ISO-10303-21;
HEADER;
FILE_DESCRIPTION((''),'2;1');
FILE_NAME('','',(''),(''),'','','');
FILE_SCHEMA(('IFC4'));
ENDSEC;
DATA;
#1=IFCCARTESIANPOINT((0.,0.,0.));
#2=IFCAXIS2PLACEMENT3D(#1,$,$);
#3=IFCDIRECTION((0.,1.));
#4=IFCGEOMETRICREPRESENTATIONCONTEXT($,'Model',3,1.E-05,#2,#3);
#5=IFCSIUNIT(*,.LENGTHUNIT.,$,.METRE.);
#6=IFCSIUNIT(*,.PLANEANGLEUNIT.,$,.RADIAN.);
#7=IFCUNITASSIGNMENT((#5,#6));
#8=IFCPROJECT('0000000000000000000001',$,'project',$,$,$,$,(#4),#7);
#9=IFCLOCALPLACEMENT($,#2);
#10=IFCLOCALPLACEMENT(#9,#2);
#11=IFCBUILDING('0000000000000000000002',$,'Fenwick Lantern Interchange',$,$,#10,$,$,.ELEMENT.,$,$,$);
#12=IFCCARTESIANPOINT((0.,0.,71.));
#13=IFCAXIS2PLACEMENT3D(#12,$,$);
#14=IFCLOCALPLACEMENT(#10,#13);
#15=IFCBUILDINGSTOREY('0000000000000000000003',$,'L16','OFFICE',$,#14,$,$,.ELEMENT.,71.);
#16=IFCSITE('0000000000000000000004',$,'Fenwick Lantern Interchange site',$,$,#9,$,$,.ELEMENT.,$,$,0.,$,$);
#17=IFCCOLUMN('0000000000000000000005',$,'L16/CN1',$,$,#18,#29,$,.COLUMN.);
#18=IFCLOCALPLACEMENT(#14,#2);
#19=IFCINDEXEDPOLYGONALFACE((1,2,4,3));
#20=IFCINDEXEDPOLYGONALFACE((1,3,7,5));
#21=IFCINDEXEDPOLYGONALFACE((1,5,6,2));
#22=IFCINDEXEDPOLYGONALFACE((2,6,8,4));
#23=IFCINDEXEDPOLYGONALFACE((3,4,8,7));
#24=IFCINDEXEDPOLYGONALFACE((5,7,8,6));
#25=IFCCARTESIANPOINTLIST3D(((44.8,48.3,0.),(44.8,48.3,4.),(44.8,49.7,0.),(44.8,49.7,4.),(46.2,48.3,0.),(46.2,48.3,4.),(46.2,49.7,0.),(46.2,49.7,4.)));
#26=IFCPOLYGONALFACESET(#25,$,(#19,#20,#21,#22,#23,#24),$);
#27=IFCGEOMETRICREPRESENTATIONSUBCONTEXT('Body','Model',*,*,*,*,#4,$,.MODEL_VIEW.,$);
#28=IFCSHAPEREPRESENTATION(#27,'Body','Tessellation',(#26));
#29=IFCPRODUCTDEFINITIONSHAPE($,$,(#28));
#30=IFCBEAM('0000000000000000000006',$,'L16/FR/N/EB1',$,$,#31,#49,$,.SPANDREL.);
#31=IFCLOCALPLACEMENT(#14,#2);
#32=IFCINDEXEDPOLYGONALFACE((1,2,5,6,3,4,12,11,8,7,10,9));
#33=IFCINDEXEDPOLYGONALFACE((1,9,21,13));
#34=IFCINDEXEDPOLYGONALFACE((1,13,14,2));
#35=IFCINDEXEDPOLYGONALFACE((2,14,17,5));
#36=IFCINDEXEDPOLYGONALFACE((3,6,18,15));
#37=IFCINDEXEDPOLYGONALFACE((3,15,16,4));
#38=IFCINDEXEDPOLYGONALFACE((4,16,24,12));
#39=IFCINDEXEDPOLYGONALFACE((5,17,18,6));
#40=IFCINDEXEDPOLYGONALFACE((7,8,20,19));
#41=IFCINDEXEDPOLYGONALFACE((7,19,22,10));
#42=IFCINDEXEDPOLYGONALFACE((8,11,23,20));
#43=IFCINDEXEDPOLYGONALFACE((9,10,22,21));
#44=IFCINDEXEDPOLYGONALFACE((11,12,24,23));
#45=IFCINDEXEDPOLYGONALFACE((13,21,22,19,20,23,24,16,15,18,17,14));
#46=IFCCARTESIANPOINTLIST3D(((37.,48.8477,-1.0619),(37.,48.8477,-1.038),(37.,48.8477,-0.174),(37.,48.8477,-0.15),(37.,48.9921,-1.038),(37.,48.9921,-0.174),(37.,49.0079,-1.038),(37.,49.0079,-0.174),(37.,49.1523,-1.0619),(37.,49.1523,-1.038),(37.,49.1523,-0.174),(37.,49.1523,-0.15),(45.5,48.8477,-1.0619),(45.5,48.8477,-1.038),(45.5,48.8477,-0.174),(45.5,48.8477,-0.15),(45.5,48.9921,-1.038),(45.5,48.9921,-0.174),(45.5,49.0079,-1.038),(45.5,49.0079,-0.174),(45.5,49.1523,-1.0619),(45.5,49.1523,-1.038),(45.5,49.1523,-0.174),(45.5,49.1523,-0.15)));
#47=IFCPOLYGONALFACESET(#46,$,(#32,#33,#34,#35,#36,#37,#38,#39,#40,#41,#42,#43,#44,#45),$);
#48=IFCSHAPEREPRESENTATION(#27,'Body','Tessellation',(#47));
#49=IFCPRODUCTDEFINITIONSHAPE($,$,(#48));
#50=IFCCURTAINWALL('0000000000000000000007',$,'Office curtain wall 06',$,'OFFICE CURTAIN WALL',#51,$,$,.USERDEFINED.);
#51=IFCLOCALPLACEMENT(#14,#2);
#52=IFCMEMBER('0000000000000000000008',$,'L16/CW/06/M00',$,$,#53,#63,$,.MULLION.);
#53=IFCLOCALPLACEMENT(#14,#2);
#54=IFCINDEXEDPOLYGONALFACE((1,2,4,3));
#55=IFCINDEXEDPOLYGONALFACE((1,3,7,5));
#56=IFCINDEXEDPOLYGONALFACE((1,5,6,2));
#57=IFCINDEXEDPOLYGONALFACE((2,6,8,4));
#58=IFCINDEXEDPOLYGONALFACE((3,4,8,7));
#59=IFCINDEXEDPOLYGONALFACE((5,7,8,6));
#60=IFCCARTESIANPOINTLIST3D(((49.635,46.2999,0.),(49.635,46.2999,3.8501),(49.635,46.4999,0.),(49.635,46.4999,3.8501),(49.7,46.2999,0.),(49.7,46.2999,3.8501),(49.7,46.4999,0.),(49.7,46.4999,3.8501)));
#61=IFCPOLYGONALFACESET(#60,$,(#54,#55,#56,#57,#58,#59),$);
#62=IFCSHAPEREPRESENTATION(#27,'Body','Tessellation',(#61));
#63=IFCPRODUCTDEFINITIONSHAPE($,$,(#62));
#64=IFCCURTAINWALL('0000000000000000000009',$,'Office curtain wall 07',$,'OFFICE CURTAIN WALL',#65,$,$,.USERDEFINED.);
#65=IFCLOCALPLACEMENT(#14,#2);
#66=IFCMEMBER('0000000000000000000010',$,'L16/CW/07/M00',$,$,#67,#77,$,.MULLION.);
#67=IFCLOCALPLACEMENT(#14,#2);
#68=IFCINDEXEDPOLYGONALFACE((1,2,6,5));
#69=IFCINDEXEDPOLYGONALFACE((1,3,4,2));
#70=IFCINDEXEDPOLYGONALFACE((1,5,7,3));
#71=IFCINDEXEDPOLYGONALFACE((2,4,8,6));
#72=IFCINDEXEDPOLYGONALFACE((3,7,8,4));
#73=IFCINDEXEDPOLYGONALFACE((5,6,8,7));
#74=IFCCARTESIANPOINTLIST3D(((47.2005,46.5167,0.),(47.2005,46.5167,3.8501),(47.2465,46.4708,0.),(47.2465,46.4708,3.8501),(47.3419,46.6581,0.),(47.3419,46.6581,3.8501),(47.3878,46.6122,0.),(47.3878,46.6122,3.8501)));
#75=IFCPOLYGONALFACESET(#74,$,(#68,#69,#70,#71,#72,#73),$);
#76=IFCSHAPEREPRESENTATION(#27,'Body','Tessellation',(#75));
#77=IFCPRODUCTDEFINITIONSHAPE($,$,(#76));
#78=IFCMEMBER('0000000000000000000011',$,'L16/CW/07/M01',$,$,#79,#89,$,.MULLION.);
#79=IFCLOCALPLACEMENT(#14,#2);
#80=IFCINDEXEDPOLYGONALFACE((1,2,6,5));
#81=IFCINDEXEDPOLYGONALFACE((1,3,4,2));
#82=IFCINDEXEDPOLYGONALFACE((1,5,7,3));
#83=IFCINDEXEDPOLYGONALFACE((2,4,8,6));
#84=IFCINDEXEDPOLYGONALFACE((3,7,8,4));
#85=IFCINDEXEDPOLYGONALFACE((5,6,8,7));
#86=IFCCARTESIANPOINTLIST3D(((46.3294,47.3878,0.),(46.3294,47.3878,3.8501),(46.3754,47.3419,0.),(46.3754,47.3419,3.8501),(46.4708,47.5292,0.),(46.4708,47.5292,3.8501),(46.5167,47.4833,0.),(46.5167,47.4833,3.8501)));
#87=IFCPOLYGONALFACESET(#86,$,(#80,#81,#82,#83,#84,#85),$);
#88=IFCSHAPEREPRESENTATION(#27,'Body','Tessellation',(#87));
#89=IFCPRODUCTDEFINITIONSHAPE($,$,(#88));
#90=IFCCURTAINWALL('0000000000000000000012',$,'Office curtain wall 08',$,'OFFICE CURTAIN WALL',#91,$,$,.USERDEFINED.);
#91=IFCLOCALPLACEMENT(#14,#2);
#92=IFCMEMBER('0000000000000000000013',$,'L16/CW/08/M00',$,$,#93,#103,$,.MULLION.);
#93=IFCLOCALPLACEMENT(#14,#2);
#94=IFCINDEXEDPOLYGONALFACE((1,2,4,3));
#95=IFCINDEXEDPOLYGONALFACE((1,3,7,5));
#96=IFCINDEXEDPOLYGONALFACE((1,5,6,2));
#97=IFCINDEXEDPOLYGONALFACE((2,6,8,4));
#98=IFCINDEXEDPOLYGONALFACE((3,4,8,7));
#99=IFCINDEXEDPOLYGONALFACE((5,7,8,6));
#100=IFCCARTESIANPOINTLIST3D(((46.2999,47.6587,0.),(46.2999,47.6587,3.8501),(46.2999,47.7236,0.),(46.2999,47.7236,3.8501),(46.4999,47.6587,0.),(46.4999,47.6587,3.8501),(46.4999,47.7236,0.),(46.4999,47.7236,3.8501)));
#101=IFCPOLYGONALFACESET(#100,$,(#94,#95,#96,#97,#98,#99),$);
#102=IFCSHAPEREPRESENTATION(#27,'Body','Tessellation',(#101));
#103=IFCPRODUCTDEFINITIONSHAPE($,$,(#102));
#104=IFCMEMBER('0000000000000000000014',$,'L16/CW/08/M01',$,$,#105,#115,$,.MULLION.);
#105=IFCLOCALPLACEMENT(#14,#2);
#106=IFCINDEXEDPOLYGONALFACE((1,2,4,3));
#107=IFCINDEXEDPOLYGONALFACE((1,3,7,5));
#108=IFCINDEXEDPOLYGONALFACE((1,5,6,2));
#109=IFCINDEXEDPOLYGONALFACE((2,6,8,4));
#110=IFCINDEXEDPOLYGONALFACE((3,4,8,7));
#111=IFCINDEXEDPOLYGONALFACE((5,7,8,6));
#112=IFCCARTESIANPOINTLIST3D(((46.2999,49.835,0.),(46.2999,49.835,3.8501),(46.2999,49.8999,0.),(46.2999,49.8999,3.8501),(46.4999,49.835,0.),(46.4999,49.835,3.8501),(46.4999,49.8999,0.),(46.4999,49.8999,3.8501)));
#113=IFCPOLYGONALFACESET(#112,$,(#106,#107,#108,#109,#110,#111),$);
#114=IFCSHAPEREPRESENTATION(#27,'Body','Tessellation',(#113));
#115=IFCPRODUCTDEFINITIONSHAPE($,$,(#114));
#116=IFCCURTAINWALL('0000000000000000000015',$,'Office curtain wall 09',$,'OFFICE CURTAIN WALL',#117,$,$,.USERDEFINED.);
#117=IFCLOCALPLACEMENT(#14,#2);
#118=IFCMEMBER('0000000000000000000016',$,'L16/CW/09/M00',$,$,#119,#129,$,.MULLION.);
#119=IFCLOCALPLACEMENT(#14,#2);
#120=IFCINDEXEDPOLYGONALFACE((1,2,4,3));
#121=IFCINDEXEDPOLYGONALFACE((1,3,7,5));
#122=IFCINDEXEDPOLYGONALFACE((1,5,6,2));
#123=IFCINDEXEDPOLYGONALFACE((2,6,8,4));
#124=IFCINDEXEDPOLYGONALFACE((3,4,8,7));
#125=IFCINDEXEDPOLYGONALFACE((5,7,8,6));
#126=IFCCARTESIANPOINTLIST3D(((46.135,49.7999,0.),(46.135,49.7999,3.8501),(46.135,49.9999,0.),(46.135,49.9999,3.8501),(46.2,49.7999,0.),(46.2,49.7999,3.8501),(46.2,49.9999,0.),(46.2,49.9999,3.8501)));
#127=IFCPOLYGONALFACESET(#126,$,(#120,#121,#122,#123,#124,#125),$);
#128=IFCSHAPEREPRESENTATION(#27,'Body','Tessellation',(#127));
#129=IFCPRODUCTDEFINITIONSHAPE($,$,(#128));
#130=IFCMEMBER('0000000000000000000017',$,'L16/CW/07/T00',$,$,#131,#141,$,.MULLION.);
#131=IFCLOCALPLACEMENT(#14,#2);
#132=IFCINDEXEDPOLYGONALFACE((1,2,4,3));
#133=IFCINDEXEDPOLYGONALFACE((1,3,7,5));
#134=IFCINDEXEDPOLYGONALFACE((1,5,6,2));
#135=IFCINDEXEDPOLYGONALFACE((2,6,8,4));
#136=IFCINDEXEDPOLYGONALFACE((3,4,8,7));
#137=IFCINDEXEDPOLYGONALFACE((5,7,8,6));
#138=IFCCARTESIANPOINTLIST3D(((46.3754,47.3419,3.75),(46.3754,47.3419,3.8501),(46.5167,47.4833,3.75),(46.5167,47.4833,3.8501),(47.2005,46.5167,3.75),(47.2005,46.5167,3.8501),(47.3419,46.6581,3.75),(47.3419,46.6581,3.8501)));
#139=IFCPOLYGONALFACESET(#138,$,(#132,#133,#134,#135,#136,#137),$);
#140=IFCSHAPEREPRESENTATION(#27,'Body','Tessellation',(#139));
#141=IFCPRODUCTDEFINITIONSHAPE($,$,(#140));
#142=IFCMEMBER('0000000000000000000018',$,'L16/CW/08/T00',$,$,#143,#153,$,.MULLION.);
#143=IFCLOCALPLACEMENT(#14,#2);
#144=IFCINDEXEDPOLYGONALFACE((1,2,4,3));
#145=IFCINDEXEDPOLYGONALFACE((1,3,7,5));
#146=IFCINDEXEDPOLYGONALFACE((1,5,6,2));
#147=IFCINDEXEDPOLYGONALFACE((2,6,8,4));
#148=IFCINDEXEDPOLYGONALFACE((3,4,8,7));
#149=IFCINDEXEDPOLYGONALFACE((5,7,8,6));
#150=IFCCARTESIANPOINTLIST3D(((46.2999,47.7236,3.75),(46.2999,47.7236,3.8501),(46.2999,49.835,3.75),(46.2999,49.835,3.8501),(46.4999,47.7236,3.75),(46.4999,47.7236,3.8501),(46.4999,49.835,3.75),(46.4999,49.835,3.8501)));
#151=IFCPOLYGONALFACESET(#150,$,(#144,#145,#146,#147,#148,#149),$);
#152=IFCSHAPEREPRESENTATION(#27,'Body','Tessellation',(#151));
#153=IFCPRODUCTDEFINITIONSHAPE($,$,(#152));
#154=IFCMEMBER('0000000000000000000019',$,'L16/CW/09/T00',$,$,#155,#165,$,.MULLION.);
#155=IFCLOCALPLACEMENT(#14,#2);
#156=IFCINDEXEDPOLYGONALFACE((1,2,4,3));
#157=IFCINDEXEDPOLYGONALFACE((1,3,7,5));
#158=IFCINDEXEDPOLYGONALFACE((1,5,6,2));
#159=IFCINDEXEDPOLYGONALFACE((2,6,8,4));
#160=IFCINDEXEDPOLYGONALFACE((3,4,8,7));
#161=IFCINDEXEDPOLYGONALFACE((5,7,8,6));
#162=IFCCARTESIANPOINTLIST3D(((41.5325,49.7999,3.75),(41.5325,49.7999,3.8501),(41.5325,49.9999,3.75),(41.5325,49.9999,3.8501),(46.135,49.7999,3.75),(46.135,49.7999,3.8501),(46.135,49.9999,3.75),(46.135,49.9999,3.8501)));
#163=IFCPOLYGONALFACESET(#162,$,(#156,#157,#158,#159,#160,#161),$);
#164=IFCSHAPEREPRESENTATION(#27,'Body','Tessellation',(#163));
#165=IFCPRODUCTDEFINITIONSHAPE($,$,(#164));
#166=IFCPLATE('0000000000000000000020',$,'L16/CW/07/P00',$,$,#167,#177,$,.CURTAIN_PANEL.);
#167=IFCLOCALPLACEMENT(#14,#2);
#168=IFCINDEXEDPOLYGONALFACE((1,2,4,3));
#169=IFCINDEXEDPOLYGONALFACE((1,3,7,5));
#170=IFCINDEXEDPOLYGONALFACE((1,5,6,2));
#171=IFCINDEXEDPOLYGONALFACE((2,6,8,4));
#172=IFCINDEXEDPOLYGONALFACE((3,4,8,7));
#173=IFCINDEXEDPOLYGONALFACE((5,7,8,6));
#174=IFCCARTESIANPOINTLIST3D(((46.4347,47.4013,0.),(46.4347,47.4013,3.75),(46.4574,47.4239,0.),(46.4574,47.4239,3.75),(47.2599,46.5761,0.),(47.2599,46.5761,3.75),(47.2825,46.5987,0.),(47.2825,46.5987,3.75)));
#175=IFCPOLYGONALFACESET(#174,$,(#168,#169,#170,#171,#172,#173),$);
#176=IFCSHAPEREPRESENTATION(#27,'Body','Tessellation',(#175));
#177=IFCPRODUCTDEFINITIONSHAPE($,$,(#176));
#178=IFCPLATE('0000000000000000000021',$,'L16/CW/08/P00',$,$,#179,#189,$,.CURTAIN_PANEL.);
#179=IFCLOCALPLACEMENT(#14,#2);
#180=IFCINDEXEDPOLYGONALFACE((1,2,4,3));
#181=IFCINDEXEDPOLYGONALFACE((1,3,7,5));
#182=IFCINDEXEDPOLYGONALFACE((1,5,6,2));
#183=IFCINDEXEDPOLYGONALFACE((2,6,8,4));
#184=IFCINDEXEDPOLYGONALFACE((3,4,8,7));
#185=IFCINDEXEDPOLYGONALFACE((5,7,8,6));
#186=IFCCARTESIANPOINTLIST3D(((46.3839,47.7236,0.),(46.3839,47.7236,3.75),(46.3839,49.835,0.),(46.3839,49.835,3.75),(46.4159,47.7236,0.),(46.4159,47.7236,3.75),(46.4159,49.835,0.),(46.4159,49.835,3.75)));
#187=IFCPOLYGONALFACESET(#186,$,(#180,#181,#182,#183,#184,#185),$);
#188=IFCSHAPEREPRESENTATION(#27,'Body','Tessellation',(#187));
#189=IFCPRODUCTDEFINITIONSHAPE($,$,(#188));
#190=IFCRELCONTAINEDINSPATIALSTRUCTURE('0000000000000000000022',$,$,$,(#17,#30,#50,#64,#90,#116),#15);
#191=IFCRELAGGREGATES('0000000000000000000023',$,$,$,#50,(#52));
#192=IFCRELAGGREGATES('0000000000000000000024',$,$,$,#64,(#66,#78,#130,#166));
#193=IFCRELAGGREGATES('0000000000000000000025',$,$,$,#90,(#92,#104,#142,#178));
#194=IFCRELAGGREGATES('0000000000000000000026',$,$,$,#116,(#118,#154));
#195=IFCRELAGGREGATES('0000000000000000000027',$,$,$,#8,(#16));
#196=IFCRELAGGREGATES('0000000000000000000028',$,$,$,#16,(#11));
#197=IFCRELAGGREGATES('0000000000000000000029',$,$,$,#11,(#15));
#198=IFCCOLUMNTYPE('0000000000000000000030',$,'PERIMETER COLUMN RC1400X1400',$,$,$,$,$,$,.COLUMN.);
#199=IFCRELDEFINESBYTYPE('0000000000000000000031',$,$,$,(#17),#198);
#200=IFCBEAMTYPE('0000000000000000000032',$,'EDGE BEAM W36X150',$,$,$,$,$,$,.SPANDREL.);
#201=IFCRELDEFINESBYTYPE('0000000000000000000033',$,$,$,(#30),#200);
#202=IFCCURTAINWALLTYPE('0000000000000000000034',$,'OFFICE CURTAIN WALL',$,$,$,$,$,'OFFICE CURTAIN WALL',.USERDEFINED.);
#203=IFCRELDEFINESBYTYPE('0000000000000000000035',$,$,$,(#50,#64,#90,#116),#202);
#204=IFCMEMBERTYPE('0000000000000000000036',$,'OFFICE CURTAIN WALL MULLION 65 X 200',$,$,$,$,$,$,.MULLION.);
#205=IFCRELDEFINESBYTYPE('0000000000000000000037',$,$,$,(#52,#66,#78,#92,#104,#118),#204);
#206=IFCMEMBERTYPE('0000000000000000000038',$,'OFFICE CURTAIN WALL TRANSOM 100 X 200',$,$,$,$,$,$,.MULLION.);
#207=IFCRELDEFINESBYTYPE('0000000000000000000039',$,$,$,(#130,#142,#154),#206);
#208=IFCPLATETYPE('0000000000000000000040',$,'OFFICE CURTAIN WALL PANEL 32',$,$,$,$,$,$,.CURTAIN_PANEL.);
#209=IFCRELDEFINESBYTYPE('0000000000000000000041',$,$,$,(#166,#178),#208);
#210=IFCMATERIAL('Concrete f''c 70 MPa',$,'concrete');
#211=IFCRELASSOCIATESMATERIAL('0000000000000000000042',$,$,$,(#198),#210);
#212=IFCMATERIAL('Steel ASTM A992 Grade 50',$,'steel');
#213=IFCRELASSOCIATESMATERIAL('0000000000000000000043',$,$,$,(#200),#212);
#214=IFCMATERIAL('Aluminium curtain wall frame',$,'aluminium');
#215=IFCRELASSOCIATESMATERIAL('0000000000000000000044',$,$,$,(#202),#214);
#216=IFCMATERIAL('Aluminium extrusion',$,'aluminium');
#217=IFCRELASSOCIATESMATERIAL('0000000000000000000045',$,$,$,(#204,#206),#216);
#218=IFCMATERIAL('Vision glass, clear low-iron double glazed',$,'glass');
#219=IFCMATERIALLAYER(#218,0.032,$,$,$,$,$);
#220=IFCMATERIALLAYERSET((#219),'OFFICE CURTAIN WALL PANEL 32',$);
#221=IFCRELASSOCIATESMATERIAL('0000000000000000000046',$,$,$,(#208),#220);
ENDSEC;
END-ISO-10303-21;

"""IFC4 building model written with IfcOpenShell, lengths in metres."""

from ifc_helpers import new_model, si_unit, direction, frame, origin, origin_2d, place, context, subcontext, project, spatial, rectangle, i_section, extrude, material, layer, layer_set, material_profile, profile_set, type_object, element, aggregate, save


model = new_model("IFC4")

# Units and contexts
model_context = context("Model", 3, precision=1e-05, world=origin(), true_north=direction((0.0, 1.0)))
body_context = subcontext(model_context, "Body", "Model", "MODEL_VIEW")
ifc_project = project(units=[si_unit("LENGTHUNIT", "METRE"), si_unit("PLANEANGLEUNIT", "RADIAN")], contexts=[model_context])

# Site, building, storey
site_placement = place(None, origin())
site = spatial("IfcSite", under=ifc_project, at=site_placement, Name="Fenwick Lantern Interchange site", CompositionType="ELEMENT", RefElevation=0.0)
building_placement = place(site_placement, origin())
building = spatial("IfcBuilding", under=site, at=building_placement, Name="Fenwick Lantern Interchange", CompositionType="ELEMENT")
storey_placement = place(building_placement, frame((0.0, 0.0, 71.0)))
storey = spatial("IfcBuildingStorey", under=building, at=storey_placement, Name="L16", Description="OFFICE", CompositionType="ELEMENT", Elevation=71.0)

# Column
ifc_material_1 = material(Name="Concrete f'c 70 MPa", Category="concrete")
ifc_material_profile_1 = material_profile(ifc_material_1, rectangle(XDim=1.3999, YDim=1.3999, at=origin_2d()), Name="RC1400X1400")
ifc_profile_set_1 = profile_set([ifc_material_profile_1], Name="Concrete f'c 70 MPa")
column_type = type_object("IfcColumnType", Name="PERIMETER COLUMN RC1400X1400", PredefinedType="COLUMN", material=ifc_profile_set_1)
column_placement = place(storey_placement, frame((45.5, 49.0, 0.0), z_axis=(0.0, 0.0, 1.0), x_axis=(1.0, 0.0, 0.0)))
element("IfcColumn", 1, at=column_placement, inside=storey, type_object=column_type, Name="L16/CN1", PredefinedType="COLUMN", context=body_context, shape_type="SweptSolid", body=[
    extrude(rectangle(XDim=1.3999, YDim=1.3999, at=origin_2d()), origin(), (0.0, 0.0, 1.0), 4.0),
])

# Beam
ifc_material_2 = material(Name="Steel ASTM A992 Grade 50", Category="steel")
ifc_material_profile_2 = material_profile(ifc_material_2, i_section(OverallWidth=0.3047, OverallDepth=0.9119, WebThickness=0.0159, FlangeThickness=0.0239, at=origin_2d()), Name="W36X150")
ifc_profile_set_2 = profile_set([ifc_material_profile_2], Name="Steel ASTM A992 Grade 50")
beam_type = type_object("IfcBeamType", Name="EDGE BEAM W36X150", PredefinedType="SPANDREL", material=ifc_profile_set_2)
beam_placement = place(storey_placement, frame((45.5, 49.0, -0.606), z_axis=(-1.0, 0.0, 0.0), x_axis=(0.0, -1.0, 0.0)))
element("IfcBeam", 2, at=beam_placement, inside=storey, type_object=beam_type, Name="L16/FR/N/EB1", PredefinedType="SPANDREL", context=body_context, shape_type="SweptSolid", body=[
    extrude(i_section(OverallWidth=0.3047, OverallDepth=0.9119, WebThickness=0.0159, FlangeThickness=0.0239, at=origin_2d()), origin(), (0.0, 0.0, 1.0), 8.5),
])

# Curtain wall, member
ifc_material_3 = material(Name="Aluminium curtain wall frame", Category="aluminium")
curtain_wall_type = type_object("IfcCurtainWallType", Name="OFFICE CURTAIN WALL", ElementType="OFFICE CURTAIN WALL", PredefinedType="USERDEFINED", material=ifc_material_3)
curtain_wall_1_placement = place(storey_placement, origin())
curtain_wall_1 = element("IfcCurtainWall", 3, at=curtain_wall_1_placement, inside=storey, type_object=curtain_wall_type, Name="Office curtain wall 06", ObjectType="OFFICE CURTAIN WALL", PredefinedType="USERDEFINED")
ifc_material_4 = material(Name="Aluminium extrusion", Category="aluminium")
ifc_material_profile_3 = material_profile(ifc_material_4, rectangle(XDim=0.2, YDim=0.0649, at=origin_2d()), Name="OFFICE CURTAIN WALL MULLION 65 X 200")
ifc_profile_set_3 = profile_set([ifc_material_profile_3], Name="Aluminium extrusion")
member_type_1 = type_object("IfcMemberType", Name="OFFICE CURTAIN WALL MULLION 65 X 200", PredefinedType="MULLION", material=ifc_profile_set_3)
member_1_placement = place(storey_placement, frame((49.6675, 46.3999, 0.0), z_axis=(0.0, 0.0, 1.0), x_axis=(0.0, -1.0, 0.0)))
member_1 = element("IfcMember", 4, at=member_1_placement, type_object=member_type_1, Name="L16/CW/06/M00", PredefinedType="MULLION", context=body_context, shape_type="SweptSolid", body=[
    extrude(rectangle(XDim=0.2, YDim=0.0649, at=origin_2d()), origin(), (0.0, 0.0, 1.0), 3.8501),
])
aggregate(curtain_wall_1, [member_1])

# Curtain walls, members
curtain_wall_2_placement = place(storey_placement, origin())
curtain_wall_2 = element("IfcCurtainWall", 5, at=curtain_wall_2_placement, inside=storey, type_object=curtain_wall_type, Name="Office curtain wall 07", ObjectType="OFFICE CURTAIN WALL", PredefinedType="USERDEFINED")
member_2_placement = place(storey_placement, frame((47.2942, 46.5645, 0.0), z_axis=(0.0, 0.0, 1.0), x_axis=(-0.707107, -0.707107, 0.0)))
member_2 = element("IfcMember", 6, at=member_2_placement, type_object=member_type_1, Name="L16/CW/07/M00", PredefinedType="MULLION", context=body_context, shape_type="SweptSolid", body=[
    extrude(rectangle(XDim=0.2, YDim=0.0649, at=origin_2d()), origin(), (0.0, 0.0, 1.0), 3.8501),
])
member_3_placement = place(storey_placement, frame((46.4231, 47.4355, 0.0), z_axis=(0.0, 0.0, 1.0), x_axis=(-0.707107, -0.707107, 0.0)))
member_3 = element("IfcMember", 7, at=member_3_placement, type_object=member_type_1, Name="L16/CW/07/M01", PredefinedType="MULLION", context=body_context, shape_type="SweptSolid", body=[
    extrude(rectangle(XDim=0.2, YDim=0.0649, at=origin_2d()), origin(), (0.0, 0.0, 1.0), 3.8501),
])
curtain_wall_3_placement = place(storey_placement, origin())
curtain_wall_3 = element("IfcCurtainWall", 8, at=curtain_wall_3_placement, inside=storey, type_object=curtain_wall_type, Name="Office curtain wall 08", ObjectType="OFFICE CURTAIN WALL", PredefinedType="USERDEFINED")
member_4_placement = place(storey_placement, frame((46.3999, 47.6912, 0.0), z_axis=(0.0, 0.0, 1.0), x_axis=(-1.0, 0.0, 0.0)))
member_4 = element("IfcMember", 9, at=member_4_placement, type_object=member_type_1, Name="L16/CW/08/M00", PredefinedType="MULLION", context=body_context, shape_type="SweptSolid", body=[
    extrude(rectangle(XDim=0.2, YDim=0.0649, at=origin_2d()), origin(), (0.0, 0.0, 1.0), 3.8501),
])
member_5_placement = place(storey_placement, frame((46.3999, 49.8674, 0.0), z_axis=(0.0, 0.0, 1.0), x_axis=(-1.0, 0.0, 0.0)))
member_5 = element("IfcMember", 10, at=member_5_placement, type_object=member_type_1, Name="L16/CW/08/M01", PredefinedType="MULLION", context=body_context, shape_type="SweptSolid", body=[
    extrude(rectangle(XDim=0.2, YDim=0.0649, at=origin_2d()), origin(), (0.0, 0.0, 1.0), 3.8501),
])

# Curtain wall, member
curtain_wall_4_placement = place(storey_placement, origin())
curtain_wall_4 = element("IfcCurtainWall", 11, at=curtain_wall_4_placement, inside=storey, type_object=curtain_wall_type, Name="Office curtain wall 09", ObjectType="OFFICE CURTAIN WALL", PredefinedType="USERDEFINED")
member_6_placement = place(storey_placement, frame((46.1675, 49.8999, 0.0), z_axis=(0.0, 0.0, 1.0), x_axis=(0.0, -1.0, 0.0)))
member_6 = element("IfcMember", 12, at=member_6_placement, type_object=member_type_1, Name="L16/CW/09/M00", PredefinedType="MULLION", context=body_context, shape_type="SweptSolid", body=[
    extrude(rectangle(XDim=0.2, YDim=0.0649, at=origin_2d()), origin(), (0.0, 0.0, 1.0), 3.8501),
])

# Members
ifc_material_profile_4 = material_profile(ifc_material_4, rectangle(XDim=0.2, YDim=0.1001, at=origin_2d()), Name="OFFICE CURTAIN WALL TRANSOM 100 X 200")
ifc_profile_set_4 = profile_set([ifc_material_profile_4], Name="Aluminium extrusion")
member_type_2 = type_object("IfcMemberType", Name="OFFICE CURTAIN WALL TRANSOM 100 X 200", PredefinedType="MULLION", material=ifc_profile_set_4)
member_7_placement = place(storey_placement, frame((47.2712, 46.5874, 3.8), z_axis=(-0.707107, 0.707107, 0.0), x_axis=(-0.707107, -0.707107, 0.0)))
member_7 = element("IfcMember", 13, at=member_7_placement, type_object=member_type_2, Name="L16/CW/07/T00", PredefinedType="MULLION", context=body_context, shape_type="SweptSolid", body=[
    extrude(rectangle(XDim=0.2, YDim=0.1001, at=origin_2d()), origin(), (0.0, 0.0, 1.0), 1.167),
])
member_8_placement = place(storey_placement, frame((46.3999, 47.7236, 3.8), z_axis=(0.0, 1.0, 0.0), x_axis=(-1.0, 0.0, 0.0)))
member_8 = element("IfcMember", 14, at=member_8_placement, type_object=member_type_2, Name="L16/CW/08/T00", PredefinedType="MULLION", context=body_context, shape_type="SweptSolid", body=[
    extrude(rectangle(XDim=0.2, YDim=0.1001, at=origin_2d()), origin(), (0.0, 0.0, 1.0), 2.1113),
])
member_9_placement = place(storey_placement, frame((46.135, 49.8999, 3.8), z_axis=(-1.0, 0.0, 0.0), x_axis=(0.0, -1.0, 0.0)))
member_9 = element("IfcMember", 15, at=member_9_placement, type_object=member_type_2, Name="L16/CW/09/T00", PredefinedType="MULLION", context=body_context, shape_type="SweptSolid", body=[
    extrude(rectangle(XDim=0.2, YDim=0.1001, at=origin_2d()), origin(), (0.0, 0.0, 1.0), 4.6025),
])

# Plates
ifc_material_5 = material(Name="Vision glass, clear low-iron double glazed", Category="glass")
ifc_layer_1 = layer(ifc_material_5, 0.032)
ifc_layer_set_1 = layer_set([ifc_layer_1], Name="OFFICE CURTAIN WALL PANEL 32")
plate_type = type_object("IfcPlateType", Name="OFFICE CURTAIN WALL PANEL 32", PredefinedType="CURTAIN_PANEL", material=ifc_layer_set_1)
plate_1_placement = place(storey_placement, frame((46.8586, 47.0, 0.0), z_axis=(0.0, 0.0, 1.0), x_axis=(-0.707107, 0.707107, 0.0)))
plate_1 = element("IfcPlate", 16, at=plate_1_placement, type_object=plate_type, Name="L16/CW/07/P00", PredefinedType="CURTAIN_PANEL", context=body_context, shape_type="SweptSolid", body=[
    extrude(rectangle(XDim=1.167, YDim=0.032, at=origin_2d()), origin(), (0.0, 0.0, 1.0), 3.75),
])
aggregate(curtain_wall_2, [member_2, member_3, member_7, plate_1])
plate_2_placement = place(storey_placement, frame((46.3999, 48.7793, 0.0), z_axis=(0.0, 0.0, 1.0), x_axis=(0.0, 1.0, 0.0)))
plate_2 = element("IfcPlate", 17, at=plate_2_placement, type_object=plate_type, Name="L16/CW/08/P00", PredefinedType="CURTAIN_PANEL", context=body_context, shape_type="SweptSolid", body=[
    extrude(rectangle(XDim=2.1113, YDim=0.032, at=origin_2d()), origin(), (0.0, 0.0, 1.0), 3.75),
])
aggregate(curtain_wall_3, [member_4, member_5, member_8, plate_2])
aggregate(curtain_wall_4, [member_6, member_9])

save(model, "model.ifc")
